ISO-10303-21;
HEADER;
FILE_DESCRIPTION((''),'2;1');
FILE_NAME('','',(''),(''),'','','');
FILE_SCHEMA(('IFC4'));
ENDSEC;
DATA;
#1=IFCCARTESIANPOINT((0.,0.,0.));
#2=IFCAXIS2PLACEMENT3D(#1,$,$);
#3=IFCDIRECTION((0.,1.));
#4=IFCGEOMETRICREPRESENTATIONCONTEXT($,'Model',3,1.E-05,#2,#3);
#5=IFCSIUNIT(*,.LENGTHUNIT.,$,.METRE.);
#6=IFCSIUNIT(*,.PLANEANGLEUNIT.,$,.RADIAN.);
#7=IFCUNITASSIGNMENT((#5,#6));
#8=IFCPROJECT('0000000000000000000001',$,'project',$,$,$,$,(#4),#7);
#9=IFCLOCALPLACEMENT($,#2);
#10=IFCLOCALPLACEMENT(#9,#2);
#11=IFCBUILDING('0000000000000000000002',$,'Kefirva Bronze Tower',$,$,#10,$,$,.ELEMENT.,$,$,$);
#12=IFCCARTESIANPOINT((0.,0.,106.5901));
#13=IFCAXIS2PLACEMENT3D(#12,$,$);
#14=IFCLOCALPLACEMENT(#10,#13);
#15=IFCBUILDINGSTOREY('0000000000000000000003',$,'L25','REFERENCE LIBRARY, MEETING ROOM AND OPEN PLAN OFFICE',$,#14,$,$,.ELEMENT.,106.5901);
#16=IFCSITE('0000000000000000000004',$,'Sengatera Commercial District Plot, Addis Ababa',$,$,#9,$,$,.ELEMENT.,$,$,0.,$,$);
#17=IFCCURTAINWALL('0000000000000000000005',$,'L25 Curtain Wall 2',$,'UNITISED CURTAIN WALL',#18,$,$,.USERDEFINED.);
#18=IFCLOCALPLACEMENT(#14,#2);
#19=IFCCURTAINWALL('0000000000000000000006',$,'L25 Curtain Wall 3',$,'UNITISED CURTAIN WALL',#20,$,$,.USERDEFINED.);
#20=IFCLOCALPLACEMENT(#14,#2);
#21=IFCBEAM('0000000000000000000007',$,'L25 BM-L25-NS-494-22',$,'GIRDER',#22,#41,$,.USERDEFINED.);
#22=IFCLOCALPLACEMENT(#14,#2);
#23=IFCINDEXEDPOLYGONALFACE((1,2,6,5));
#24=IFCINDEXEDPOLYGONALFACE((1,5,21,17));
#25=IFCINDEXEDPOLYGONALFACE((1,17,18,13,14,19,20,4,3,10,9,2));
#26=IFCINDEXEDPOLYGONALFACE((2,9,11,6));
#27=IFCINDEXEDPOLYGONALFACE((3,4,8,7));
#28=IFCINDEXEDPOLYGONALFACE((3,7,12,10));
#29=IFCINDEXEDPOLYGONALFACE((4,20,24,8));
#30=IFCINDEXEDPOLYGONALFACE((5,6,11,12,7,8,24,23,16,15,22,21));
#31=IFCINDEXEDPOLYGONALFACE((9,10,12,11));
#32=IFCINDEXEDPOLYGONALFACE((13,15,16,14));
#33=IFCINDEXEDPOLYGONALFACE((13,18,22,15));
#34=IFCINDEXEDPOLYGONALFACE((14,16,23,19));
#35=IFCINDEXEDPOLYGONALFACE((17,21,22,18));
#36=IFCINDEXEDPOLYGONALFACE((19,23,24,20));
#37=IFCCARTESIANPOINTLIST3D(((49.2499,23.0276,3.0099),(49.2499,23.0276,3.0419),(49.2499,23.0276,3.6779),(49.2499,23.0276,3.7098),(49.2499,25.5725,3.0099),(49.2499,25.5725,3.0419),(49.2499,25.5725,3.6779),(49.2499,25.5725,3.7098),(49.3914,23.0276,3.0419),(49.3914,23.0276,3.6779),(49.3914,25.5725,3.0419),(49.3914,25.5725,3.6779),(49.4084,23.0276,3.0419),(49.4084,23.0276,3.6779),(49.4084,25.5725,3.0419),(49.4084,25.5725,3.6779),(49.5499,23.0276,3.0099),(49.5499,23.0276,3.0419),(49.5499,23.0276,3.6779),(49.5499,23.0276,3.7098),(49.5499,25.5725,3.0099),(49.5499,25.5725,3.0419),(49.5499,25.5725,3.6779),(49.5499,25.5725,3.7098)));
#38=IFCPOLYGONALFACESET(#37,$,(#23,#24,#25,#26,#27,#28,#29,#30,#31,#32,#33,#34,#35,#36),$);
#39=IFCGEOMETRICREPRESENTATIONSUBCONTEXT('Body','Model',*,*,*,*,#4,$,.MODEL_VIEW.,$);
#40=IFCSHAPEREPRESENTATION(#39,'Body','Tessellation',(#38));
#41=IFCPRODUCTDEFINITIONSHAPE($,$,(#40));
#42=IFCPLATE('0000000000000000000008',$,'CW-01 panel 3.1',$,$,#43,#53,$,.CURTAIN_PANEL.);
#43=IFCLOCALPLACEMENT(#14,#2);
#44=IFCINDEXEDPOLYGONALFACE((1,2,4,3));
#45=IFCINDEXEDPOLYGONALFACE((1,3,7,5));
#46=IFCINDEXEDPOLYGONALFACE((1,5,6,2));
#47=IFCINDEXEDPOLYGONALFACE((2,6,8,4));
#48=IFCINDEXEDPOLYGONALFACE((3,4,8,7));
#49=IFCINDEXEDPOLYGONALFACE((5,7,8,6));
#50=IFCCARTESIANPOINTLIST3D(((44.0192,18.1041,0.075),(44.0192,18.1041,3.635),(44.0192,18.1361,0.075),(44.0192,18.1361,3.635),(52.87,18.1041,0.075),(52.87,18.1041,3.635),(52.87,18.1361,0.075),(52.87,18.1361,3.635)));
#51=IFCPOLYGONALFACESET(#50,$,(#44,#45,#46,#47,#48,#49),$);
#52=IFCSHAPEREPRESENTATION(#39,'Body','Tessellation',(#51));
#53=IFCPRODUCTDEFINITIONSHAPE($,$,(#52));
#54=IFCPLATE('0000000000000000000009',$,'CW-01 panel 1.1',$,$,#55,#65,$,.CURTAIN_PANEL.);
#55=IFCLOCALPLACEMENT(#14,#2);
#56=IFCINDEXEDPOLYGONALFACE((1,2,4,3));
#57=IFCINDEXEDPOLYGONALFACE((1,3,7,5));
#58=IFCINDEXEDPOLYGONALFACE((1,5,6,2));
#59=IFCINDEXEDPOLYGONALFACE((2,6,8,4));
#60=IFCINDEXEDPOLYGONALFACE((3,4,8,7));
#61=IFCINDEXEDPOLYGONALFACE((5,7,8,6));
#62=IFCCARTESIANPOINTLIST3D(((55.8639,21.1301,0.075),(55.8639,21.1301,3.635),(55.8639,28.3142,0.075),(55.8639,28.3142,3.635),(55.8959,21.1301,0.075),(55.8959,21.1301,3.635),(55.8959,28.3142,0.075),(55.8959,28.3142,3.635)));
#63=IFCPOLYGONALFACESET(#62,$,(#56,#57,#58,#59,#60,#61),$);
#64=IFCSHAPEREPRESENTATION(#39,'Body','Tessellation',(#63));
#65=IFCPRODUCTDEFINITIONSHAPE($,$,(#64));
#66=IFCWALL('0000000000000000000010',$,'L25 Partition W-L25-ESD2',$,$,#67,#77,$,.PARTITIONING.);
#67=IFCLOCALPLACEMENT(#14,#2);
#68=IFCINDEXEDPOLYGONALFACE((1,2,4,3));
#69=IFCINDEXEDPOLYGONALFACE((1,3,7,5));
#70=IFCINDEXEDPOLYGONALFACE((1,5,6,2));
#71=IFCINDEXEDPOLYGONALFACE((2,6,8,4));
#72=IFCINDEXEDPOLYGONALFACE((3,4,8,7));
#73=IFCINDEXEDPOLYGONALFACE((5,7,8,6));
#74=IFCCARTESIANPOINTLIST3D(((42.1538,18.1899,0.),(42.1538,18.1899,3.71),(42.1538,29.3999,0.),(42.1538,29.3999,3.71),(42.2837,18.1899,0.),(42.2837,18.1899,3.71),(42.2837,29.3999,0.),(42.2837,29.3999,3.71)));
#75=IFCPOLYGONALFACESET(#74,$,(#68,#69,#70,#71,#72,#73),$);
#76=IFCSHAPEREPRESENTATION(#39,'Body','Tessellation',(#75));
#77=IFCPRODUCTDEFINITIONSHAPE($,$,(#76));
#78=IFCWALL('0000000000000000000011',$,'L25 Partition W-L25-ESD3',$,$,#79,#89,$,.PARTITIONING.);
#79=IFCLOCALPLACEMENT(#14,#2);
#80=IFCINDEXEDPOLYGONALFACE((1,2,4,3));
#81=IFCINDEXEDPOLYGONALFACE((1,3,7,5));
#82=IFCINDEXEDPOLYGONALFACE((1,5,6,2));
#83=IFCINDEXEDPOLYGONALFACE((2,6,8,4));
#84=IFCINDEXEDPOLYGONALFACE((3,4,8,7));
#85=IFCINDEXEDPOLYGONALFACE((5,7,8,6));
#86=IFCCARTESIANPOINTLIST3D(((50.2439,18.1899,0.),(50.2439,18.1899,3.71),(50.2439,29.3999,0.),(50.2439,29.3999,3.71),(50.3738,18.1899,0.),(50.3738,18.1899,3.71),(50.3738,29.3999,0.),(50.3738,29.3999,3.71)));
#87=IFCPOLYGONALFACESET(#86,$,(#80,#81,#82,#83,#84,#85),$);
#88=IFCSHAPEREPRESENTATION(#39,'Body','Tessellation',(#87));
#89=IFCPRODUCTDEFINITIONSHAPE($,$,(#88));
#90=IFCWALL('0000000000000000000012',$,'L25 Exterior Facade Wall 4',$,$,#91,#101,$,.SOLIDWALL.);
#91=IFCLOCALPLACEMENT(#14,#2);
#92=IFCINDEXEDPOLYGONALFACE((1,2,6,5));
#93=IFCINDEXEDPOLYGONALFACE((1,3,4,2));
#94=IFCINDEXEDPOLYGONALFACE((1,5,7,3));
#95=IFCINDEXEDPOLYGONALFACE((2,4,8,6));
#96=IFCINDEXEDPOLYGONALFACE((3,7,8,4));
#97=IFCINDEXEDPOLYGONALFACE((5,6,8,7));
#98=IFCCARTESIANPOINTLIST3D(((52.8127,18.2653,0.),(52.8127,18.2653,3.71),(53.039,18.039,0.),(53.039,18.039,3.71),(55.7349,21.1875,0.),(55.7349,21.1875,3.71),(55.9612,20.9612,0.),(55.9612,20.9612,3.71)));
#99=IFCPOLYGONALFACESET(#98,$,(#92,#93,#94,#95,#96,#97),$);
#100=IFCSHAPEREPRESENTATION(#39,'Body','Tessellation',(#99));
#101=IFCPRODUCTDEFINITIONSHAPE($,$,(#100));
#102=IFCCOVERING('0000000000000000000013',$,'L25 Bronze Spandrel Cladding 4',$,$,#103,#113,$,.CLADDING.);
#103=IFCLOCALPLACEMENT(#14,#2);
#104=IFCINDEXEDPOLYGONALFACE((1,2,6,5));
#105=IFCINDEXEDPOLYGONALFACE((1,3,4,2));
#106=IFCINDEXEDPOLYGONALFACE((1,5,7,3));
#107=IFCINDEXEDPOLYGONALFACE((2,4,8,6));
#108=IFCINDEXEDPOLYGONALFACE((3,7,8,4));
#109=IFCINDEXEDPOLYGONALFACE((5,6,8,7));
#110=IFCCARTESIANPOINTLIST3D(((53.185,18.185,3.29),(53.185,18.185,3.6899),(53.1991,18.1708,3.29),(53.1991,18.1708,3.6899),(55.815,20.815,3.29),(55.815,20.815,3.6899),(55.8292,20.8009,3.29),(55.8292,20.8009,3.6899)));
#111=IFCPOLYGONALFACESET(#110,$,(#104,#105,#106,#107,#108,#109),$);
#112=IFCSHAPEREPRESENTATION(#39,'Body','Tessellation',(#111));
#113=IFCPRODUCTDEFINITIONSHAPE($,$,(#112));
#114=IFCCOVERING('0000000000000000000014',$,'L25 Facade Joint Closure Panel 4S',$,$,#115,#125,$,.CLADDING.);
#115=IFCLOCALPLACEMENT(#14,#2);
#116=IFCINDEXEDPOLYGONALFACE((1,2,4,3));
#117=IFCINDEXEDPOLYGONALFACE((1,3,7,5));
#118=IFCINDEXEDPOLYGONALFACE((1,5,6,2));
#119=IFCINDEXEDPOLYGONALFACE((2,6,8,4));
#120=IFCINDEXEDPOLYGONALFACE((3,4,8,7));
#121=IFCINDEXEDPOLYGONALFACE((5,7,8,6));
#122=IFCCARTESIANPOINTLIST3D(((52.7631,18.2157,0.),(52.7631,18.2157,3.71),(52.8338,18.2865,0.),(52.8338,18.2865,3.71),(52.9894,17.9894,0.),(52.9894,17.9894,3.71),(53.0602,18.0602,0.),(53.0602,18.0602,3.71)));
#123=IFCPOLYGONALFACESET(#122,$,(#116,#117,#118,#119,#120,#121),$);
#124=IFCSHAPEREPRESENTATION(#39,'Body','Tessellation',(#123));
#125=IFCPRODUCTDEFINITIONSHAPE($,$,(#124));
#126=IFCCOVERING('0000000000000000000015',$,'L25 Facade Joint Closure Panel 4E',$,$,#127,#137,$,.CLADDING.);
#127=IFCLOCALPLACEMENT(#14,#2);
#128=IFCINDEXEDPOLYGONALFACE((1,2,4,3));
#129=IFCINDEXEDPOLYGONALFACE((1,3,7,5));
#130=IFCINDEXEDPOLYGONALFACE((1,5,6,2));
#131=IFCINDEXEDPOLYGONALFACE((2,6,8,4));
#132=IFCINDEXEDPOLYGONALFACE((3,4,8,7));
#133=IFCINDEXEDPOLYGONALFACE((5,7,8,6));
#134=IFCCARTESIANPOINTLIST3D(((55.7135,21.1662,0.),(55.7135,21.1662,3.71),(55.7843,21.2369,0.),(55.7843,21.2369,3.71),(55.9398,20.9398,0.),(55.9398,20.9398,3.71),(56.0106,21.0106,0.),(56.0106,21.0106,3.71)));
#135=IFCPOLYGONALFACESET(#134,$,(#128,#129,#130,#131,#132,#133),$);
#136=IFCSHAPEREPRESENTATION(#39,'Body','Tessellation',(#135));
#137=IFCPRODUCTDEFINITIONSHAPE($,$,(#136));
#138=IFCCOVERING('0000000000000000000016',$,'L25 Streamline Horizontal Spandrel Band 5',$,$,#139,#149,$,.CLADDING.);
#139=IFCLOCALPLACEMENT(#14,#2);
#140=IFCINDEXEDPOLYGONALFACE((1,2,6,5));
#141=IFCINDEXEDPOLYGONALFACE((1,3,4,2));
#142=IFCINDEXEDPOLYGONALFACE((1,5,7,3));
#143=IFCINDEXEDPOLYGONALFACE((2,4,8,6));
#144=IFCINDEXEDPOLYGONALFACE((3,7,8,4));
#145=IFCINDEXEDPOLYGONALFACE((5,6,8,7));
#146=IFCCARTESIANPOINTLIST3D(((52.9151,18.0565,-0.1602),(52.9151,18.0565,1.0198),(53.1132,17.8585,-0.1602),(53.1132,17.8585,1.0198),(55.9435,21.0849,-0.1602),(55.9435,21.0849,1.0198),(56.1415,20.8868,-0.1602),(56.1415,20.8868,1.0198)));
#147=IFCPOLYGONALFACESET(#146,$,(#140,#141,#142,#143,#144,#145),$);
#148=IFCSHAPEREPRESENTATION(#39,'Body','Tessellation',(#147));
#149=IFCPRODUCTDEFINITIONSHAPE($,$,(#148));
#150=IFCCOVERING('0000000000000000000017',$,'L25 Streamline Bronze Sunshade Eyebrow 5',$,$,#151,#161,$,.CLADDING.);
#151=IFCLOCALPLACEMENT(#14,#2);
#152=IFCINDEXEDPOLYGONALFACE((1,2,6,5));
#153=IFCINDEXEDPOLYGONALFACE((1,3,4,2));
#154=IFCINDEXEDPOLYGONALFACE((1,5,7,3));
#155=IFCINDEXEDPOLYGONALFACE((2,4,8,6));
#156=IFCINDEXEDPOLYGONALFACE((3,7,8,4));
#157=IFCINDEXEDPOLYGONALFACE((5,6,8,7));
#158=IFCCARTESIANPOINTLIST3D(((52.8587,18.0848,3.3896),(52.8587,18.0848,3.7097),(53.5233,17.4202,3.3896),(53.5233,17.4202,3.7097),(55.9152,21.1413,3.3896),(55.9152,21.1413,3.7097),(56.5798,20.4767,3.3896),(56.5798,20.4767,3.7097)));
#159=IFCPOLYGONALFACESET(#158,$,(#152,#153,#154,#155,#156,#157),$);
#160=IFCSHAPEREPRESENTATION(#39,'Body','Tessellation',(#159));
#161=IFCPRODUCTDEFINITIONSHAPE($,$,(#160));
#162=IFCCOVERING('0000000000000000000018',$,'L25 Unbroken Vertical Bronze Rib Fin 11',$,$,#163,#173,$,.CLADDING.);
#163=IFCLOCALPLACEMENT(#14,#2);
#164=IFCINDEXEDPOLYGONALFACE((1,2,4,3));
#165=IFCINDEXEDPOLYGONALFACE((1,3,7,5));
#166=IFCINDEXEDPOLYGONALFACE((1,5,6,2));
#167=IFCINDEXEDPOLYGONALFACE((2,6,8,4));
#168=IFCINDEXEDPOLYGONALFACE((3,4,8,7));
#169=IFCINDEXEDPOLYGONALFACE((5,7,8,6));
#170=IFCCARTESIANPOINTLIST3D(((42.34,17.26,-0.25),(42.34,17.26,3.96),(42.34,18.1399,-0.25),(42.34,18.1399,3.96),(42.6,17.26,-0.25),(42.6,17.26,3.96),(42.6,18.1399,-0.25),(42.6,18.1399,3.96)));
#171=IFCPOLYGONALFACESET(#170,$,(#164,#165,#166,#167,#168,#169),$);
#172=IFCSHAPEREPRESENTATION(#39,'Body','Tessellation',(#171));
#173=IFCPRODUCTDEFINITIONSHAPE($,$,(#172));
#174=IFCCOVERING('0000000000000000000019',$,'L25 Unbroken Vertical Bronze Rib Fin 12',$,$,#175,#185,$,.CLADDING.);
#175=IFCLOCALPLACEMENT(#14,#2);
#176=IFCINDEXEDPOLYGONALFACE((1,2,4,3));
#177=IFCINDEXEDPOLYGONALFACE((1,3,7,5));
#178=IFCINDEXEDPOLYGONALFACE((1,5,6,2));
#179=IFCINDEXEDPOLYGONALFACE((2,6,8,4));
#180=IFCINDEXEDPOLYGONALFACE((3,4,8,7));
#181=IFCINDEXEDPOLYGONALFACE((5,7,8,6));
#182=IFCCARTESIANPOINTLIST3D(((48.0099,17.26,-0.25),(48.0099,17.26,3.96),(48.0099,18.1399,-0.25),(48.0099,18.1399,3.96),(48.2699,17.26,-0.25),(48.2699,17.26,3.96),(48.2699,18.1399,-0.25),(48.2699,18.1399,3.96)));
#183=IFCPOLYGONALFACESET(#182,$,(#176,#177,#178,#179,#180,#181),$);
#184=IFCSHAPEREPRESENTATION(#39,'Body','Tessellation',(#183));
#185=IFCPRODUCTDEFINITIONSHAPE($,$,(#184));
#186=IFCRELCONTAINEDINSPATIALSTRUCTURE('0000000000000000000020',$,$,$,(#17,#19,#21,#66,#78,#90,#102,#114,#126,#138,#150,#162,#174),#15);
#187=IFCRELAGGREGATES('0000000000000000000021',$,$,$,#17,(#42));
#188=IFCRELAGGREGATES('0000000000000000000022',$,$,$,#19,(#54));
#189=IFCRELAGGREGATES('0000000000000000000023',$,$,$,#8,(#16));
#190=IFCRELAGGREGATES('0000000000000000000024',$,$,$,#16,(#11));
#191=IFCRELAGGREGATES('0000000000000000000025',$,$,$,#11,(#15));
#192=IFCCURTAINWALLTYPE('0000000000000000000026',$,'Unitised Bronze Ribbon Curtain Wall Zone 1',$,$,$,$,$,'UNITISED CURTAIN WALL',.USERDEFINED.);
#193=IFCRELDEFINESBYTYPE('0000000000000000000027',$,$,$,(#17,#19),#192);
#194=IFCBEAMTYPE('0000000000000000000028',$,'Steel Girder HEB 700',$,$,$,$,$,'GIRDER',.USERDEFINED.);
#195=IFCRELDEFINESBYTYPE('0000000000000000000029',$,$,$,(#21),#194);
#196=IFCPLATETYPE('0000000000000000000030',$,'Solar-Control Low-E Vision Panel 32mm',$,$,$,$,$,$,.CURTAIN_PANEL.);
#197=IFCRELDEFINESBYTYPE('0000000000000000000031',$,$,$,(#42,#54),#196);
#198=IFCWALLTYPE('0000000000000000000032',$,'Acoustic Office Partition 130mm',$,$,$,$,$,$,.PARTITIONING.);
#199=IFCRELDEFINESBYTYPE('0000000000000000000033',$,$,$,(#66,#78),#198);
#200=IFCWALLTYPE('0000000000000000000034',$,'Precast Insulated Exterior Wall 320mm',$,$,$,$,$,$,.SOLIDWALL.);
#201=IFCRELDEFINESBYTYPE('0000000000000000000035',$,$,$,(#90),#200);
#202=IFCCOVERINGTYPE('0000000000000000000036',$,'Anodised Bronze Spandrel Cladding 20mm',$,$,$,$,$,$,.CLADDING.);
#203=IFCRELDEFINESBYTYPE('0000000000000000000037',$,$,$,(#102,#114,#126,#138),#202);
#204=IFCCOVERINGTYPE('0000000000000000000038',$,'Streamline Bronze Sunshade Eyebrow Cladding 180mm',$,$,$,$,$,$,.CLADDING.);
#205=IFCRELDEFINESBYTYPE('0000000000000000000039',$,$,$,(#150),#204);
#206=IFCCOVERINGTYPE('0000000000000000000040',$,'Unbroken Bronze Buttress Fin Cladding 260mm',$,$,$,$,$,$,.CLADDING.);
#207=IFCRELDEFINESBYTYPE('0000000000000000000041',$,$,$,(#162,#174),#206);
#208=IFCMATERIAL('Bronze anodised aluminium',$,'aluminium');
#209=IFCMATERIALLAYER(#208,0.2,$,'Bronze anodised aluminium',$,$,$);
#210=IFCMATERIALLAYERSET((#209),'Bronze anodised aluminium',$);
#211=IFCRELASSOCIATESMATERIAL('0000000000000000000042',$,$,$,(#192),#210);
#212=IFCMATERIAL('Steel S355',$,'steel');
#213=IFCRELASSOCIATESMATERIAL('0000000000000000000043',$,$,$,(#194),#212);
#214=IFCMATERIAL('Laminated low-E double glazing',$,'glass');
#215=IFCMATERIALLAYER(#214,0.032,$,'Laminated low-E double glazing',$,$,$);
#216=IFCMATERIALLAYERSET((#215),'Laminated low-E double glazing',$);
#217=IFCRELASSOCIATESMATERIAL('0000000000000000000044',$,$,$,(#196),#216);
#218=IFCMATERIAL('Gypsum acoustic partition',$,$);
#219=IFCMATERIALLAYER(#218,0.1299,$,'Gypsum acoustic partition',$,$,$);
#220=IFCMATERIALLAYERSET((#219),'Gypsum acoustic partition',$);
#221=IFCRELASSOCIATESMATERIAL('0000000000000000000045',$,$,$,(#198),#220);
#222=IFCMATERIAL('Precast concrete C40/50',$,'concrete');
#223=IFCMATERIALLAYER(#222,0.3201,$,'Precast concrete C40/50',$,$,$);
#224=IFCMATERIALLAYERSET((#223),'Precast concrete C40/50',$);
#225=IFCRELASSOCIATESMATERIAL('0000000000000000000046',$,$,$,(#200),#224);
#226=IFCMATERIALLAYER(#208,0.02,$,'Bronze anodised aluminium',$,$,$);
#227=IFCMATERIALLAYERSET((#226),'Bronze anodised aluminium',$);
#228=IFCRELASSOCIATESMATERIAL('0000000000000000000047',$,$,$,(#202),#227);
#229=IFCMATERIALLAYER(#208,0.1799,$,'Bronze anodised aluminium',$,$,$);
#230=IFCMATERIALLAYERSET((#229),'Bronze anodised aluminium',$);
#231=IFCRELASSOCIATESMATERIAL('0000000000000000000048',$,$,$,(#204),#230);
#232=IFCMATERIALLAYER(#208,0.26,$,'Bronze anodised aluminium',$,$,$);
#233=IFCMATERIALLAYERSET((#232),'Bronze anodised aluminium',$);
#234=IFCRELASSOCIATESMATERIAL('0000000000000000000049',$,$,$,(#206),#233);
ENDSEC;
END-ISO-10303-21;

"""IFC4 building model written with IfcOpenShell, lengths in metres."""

from ifc_helpers import new_model, si_unit, direction, frame, frame_2d, origin, origin_2d, place, context, subcontext, project, spatial, rectangle, i_section, extrude, material, layer, layer_set, material_profile, profile_set, type_object, element, aggregate, save


model = new_model("IFC4")

# Units and contexts
model_context = context("Model", 3, precision=1e-05, world=origin(), true_north=direction((0.0, 1.0)))
body_context = subcontext(model_context, "Body", "Model", "MODEL_VIEW")
ifc_project = project(units=[si_unit("LENGTHUNIT", "METRE"), si_unit("PLANEANGLEUNIT", "RADIAN")], contexts=[model_context])

# Site, building, storey
site_placement = place(None, origin())
site = spatial("IfcSite", under=ifc_project, at=site_placement, Name="Sengatera Commercial District Plot, Addis Ababa", CompositionType="ELEMENT", RefElevation=0.0)
building_placement = place(site_placement, origin())
building = spatial("IfcBuilding", under=site, at=building_placement, Name="Kefirva Bronze Tower", CompositionType="ELEMENT")
storey_placement = place(building_placement, frame((0.0, 0.0, 106.5901)))
storey = spatial("IfcBuildingStorey", under=building, at=storey_placement, Name="L25", Description="REFERENCE LIBRARY, MEETING ROOM AND OPEN PLAN OFFICE", CompositionType="ELEMENT", Elevation=106.5901)

# Curtain wall
ifc_material_1 = material(Name="Bronze anodised aluminium", Category="aluminium")
ifc_layer_1 = layer(ifc_material_1, 0.2, Name="Bronze anodised aluminium")
ifc_layer_set_1 = layer_set([ifc_layer_1], Name="Bronze anodised aluminium")
curtain_wall_type = type_object("IfcCurtainWallType", Name="Unitised Bronze Ribbon Curtain Wall Zone 1", ElementType="UNITISED CURTAIN WALL", PredefinedType="USERDEFINED", material=ifc_layer_set_1)
curtain_wall_1_placement = place(storey_placement, origin())
curtain_wall_1 = element("IfcCurtainWall", 1, at=curtain_wall_1_placement, inside=storey, type_object=curtain_wall_type, Name="L25 Curtain Wall 2", ObjectType="UNITISED CURTAIN WALL", PredefinedType="USERDEFINED")

# Curtain wall
curtain_wall_2_placement = place(storey_placement, origin())
curtain_wall_2 = element("IfcCurtainWall", 2, at=curtain_wall_2_placement, inside=storey, type_object=curtain_wall_type, Name="L25 Curtain Wall 3", ObjectType="UNITISED CURTAIN WALL", PredefinedType="USERDEFINED")

# Beam
ifc_material_2 = material(Name="Steel S355", Category="steel")
ifc_material_profile_1 = material_profile(ifc_material_2, i_section(OverallWidth=0.3, OverallDepth=0.7, WebThickness=0.0171, FlangeThickness=0.032, at=origin_2d()), Name="HEB 700")
ifc_profile_set_1 = profile_set([ifc_material_profile_1], Name="Steel S355")
beam_type = type_object("IfcBeamType", Name="Steel Girder HEB 700", ElementType="GIRDER", PredefinedType="USERDEFINED", material=ifc_profile_set_1)
beam_1_placement = place(storey_placement, frame((49.3999, 23.0276, 3.3599), z_axis=(0.0, 1.0, 0.0), x_axis=(-1.0, 0.0, 0.0)))
element("IfcBeam", 3, at=beam_1_placement, inside=storey, type_object=beam_type, Name="L25 BM-L25-NS-494-22", ObjectType="GIRDER", PredefinedType="USERDEFINED", context=body_context, shape_type="SweptSolid", body=[
    extrude(i_section(OverallWidth=0.3, OverallDepth=0.7, WebThickness=0.0171, FlangeThickness=0.032, at=origin_2d()), origin(), (0.0, 0.0, 1.0), 2.5449),
])

# Plates
ifc_material_3 = material(Name="Laminated low-E double glazing", Category="glass")
ifc_layer_2 = layer(ifc_material_3, 0.032, Name="Laminated low-E double glazing")
ifc_layer_set_2 = layer_set([ifc_layer_2], Name="Laminated low-E double glazing")
plate_type = type_object("IfcPlateType", Name="Solar-Control Low-E Vision Panel 32mm", PredefinedType="CURTAIN_PANEL", material=ifc_layer_set_2)
plate_1_placement = place(storey_placement, frame((48.4446, 18.1201, 0.075), z_axis=(0.0, 0.0, 1.0), x_axis=(1.0, 0.0, 0.0)))
plate_1 = element("IfcPlate", 4, at=plate_1_placement, type_object=plate_type, Name="CW-01 panel 3.1", PredefinedType="CURTAIN_PANEL", context=body_context, shape_type="SweptSolid", body=[
    extrude(rectangle(XDim=8.8508, YDim=0.032, at=origin_2d()), origin(), (0.0, 0.0, 1.0), 3.5601),
])
aggregate(curtain_wall_1, [plate_1])
plate_2_placement = place(storey_placement, frame((55.8799, 24.7222, 0.075), z_axis=(0.0, 0.0, 1.0), x_axis=(0.0, 1.0, 0.0)))
plate_2 = element("IfcPlate", 5, at=plate_2_placement, type_object=plate_type, Name="CW-01 panel 1.1", PredefinedType="CURTAIN_PANEL", context=body_context, shape_type="SweptSolid", body=[
    extrude(rectangle(XDim=7.1841, YDim=0.032, at=origin_2d()), origin(), (0.0, 0.0, 1.0), 3.5601),
])
aggregate(curtain_wall_2, [plate_2])

# Walls
ifc_material_4 = material(Name="Gypsum acoustic partition")
ifc_layer_3 = layer(ifc_material_4, 0.1299, Name="Gypsum acoustic partition")
ifc_layer_set_3 = layer_set([ifc_layer_3], Name="Gypsum acoustic partition")
wall_type_1 = type_object("IfcWallType", Name="Acoustic Office Partition 130mm", PredefinedType="PARTITIONING", material=ifc_layer_set_3)
for number, where, z_axis, x_axis, name in (
    (6, (42.2188, 18.1899, 0.0), (0.0, 0.0, 1.0), (0.0, 1.0, 0.0), "L25 Partition W-L25-ESD2"),
    (7, (50.3088, 18.1899, 0.0), (0.0, 0.0, 1.0), (0.0, 1.0, 0.0), "L25 Partition W-L25-ESD3"),
):
    element("IfcWall", number, at=place(storey_placement, frame(where, z_axis=z_axis, x_axis=x_axis)), inside=storey, type_object=wall_type_1, Name=name, PredefinedType="PARTITIONING", context=body_context, shape_type="SweptSolid", body=[
        extrude(rectangle(XDim=11.21, YDim=0.1299, at=frame_2d((5.605, 0.0))), origin(), (0.0, 0.0, 1.0), 3.71),
    ])
ifc_material_5 = material(Name="Precast concrete C40/50", Category="concrete")
ifc_layer_4 = layer(ifc_material_5, 0.3201, Name="Precast concrete C40/50")
ifc_layer_set_4 = layer_set([ifc_layer_4], Name="Precast concrete C40/50")
wall_type_2 = type_object("IfcWallType", Name="Precast Insulated Exterior Wall 320mm", PredefinedType="SOLIDWALL", material=ifc_layer_set_4)
wall_placement = place(storey_placement, frame((52.9258, 18.1521, 0.0), z_axis=(0.0, 0.0, 1.0), x_axis=(0.707107, 0.707107, 0.0)))
element("IfcWall", 8, at=wall_placement, inside=storey, type_object=wall_type_2, Name="L25 Exterior Facade Wall 4", PredefinedType="SOLIDWALL", context=body_context, shape_type="SweptSolid", body=[
    extrude(rectangle(XDim=4.1326, YDim=0.3201, at=frame_2d((2.0664, 0.0))), origin(), (0.0, 0.0, 1.0), 3.71),
])

# Coverings
ifc_layer_5 = layer(ifc_material_1, 0.02, Name="Bronze anodised aluminium")
ifc_layer_set_5 = layer_set([ifc_layer_5], Name="Bronze anodised aluminium")
covering_type_1 = type_object("IfcCoveringType", Name="Anodised Bronze Spandrel Cladding 20mm", PredefinedType="CLADDING", material=ifc_layer_set_5)
covering_1_placement = place(storey_placement, frame((54.5071, 19.4929, 3.29), z_axis=(0.0, 0.0, 1.0), x_axis=(0.707107, 0.707107, 0.0)))
element("IfcCovering", 9, at=covering_1_placement, inside=storey, type_object=covering_type_1, Name="L25 Bronze Spandrel Cladding 4", PredefinedType="CLADDING", context=body_context, shape_type="SweptSolid", body=[
    extrude(rectangle(XDim=3.7195, YDim=0.02, at=origin_2d()), origin(), (0.0, 0.0, 1.0), 0.3999),
])
for number, where, z_axis, x_axis, name in (
    (10, (52.9116, 18.1379, 0.0), (0.0, 0.0, 1.0), (0.707107, 0.707107, 0.0), "L25 Facade Joint Closure Panel 4S"),
    (11, (55.8621, 21.0884, 0.0), (0.0, 0.0, 1.0), (0.707107, 0.707107, 0.0), "L25 Facade Joint Closure Panel 4E"),
):
    element("IfcCovering", number, at=place(storey_placement, frame(where, z_axis=z_axis, x_axis=x_axis)), inside=storey, type_object=covering_type_1, Name=name, PredefinedType="CLADDING", context=body_context, shape_type="SweptSolid", body=[
        extrude(rectangle(XDim=0.1001, YDim=0.3201, at=origin_2d()), origin(), (0.0, 0.0, 1.0), 3.71),
    ])
covering_2_placement = place(storey_placement, frame((54.5283, 19.4717, -0.1602), z_axis=(0.0, 0.0, 1.0), x_axis=(0.707107, 0.707107, 0.0)))
element("IfcCovering", 12, at=covering_2_placement, inside=storey, type_object=covering_type_1, Name="L25 Streamline Horizontal Spandrel Band 5", PredefinedType="CLADDING", context=body_context, shape_type="SweptSolid", body=[
    extrude(rectangle(XDim=4.2827, YDim=0.28, at=origin_2d()), origin(), (0.0, 0.0, 1.0), 1.1799),
])
ifc_layer_6 = layer(ifc_material_1, 0.1799, Name="Bronze anodised aluminium")
ifc_layer_set_6 = layer_set([ifc_layer_6], Name="Bronze anodised aluminium")
covering_type_2 = type_object("IfcCoveringType", Name="Streamline Bronze Sunshade Eyebrow Cladding 180mm", PredefinedType="CLADDING", material=ifc_layer_set_6)
covering_3_placement = place(storey_placement, frame((54.7192, 19.2808, 3.3896), z_axis=(0.0, 0.0, 1.0), x_axis=(0.707107, 0.707107, 0.0)))
element("IfcCovering", 13, at=covering_3_placement, inside=storey, type_object=covering_type_2, Name="L25 Streamline Bronze Sunshade Eyebrow 5", PredefinedType="CLADDING", context=body_context, shape_type="SweptSolid", body=[
    extrude(rectangle(XDim=4.3225, YDim=0.9399, at=origin_2d()), origin(), (0.0, 0.0, 1.0), 0.3201),
])
ifc_layer_7 = layer(ifc_material_1, 0.26, Name="Bronze anodised aluminium")
ifc_layer_set_7 = layer_set([ifc_layer_7], Name="Bronze anodised aluminium")
covering_type_3 = type_object("IfcCoveringType", Name="Unbroken Bronze Buttress Fin Cladding 260mm", PredefinedType="CLADDING", material=ifc_layer_set_7)
for number, where, z_axis, x_axis, name in (
    (14, (42.47, 17.7, -0.25), (0.0, 0.0, 1.0), (1.0, 0.0, 0.0), "L25 Unbroken Vertical Bronze Rib Fin 11"),
    (15, (48.1399, 17.7, -0.25), (0.0, 0.0, 1.0), (1.0, 0.0, 0.0), "L25 Unbroken Vertical Bronze Rib Fin 12"),
):
    element("IfcCovering", number, at=place(storey_placement, frame(where, z_axis=z_axis, x_axis=x_axis)), inside=storey, type_object=covering_type_3, Name=name, PredefinedType="CLADDING", context=body_context, shape_type="SweptSolid", body=[
        extrude(rectangle(XDim=0.26, YDim=0.8799, at=origin_2d()), origin(), (0.0, 0.0, 1.0), 4.21),
    ])

save(model, "model.ifc")
